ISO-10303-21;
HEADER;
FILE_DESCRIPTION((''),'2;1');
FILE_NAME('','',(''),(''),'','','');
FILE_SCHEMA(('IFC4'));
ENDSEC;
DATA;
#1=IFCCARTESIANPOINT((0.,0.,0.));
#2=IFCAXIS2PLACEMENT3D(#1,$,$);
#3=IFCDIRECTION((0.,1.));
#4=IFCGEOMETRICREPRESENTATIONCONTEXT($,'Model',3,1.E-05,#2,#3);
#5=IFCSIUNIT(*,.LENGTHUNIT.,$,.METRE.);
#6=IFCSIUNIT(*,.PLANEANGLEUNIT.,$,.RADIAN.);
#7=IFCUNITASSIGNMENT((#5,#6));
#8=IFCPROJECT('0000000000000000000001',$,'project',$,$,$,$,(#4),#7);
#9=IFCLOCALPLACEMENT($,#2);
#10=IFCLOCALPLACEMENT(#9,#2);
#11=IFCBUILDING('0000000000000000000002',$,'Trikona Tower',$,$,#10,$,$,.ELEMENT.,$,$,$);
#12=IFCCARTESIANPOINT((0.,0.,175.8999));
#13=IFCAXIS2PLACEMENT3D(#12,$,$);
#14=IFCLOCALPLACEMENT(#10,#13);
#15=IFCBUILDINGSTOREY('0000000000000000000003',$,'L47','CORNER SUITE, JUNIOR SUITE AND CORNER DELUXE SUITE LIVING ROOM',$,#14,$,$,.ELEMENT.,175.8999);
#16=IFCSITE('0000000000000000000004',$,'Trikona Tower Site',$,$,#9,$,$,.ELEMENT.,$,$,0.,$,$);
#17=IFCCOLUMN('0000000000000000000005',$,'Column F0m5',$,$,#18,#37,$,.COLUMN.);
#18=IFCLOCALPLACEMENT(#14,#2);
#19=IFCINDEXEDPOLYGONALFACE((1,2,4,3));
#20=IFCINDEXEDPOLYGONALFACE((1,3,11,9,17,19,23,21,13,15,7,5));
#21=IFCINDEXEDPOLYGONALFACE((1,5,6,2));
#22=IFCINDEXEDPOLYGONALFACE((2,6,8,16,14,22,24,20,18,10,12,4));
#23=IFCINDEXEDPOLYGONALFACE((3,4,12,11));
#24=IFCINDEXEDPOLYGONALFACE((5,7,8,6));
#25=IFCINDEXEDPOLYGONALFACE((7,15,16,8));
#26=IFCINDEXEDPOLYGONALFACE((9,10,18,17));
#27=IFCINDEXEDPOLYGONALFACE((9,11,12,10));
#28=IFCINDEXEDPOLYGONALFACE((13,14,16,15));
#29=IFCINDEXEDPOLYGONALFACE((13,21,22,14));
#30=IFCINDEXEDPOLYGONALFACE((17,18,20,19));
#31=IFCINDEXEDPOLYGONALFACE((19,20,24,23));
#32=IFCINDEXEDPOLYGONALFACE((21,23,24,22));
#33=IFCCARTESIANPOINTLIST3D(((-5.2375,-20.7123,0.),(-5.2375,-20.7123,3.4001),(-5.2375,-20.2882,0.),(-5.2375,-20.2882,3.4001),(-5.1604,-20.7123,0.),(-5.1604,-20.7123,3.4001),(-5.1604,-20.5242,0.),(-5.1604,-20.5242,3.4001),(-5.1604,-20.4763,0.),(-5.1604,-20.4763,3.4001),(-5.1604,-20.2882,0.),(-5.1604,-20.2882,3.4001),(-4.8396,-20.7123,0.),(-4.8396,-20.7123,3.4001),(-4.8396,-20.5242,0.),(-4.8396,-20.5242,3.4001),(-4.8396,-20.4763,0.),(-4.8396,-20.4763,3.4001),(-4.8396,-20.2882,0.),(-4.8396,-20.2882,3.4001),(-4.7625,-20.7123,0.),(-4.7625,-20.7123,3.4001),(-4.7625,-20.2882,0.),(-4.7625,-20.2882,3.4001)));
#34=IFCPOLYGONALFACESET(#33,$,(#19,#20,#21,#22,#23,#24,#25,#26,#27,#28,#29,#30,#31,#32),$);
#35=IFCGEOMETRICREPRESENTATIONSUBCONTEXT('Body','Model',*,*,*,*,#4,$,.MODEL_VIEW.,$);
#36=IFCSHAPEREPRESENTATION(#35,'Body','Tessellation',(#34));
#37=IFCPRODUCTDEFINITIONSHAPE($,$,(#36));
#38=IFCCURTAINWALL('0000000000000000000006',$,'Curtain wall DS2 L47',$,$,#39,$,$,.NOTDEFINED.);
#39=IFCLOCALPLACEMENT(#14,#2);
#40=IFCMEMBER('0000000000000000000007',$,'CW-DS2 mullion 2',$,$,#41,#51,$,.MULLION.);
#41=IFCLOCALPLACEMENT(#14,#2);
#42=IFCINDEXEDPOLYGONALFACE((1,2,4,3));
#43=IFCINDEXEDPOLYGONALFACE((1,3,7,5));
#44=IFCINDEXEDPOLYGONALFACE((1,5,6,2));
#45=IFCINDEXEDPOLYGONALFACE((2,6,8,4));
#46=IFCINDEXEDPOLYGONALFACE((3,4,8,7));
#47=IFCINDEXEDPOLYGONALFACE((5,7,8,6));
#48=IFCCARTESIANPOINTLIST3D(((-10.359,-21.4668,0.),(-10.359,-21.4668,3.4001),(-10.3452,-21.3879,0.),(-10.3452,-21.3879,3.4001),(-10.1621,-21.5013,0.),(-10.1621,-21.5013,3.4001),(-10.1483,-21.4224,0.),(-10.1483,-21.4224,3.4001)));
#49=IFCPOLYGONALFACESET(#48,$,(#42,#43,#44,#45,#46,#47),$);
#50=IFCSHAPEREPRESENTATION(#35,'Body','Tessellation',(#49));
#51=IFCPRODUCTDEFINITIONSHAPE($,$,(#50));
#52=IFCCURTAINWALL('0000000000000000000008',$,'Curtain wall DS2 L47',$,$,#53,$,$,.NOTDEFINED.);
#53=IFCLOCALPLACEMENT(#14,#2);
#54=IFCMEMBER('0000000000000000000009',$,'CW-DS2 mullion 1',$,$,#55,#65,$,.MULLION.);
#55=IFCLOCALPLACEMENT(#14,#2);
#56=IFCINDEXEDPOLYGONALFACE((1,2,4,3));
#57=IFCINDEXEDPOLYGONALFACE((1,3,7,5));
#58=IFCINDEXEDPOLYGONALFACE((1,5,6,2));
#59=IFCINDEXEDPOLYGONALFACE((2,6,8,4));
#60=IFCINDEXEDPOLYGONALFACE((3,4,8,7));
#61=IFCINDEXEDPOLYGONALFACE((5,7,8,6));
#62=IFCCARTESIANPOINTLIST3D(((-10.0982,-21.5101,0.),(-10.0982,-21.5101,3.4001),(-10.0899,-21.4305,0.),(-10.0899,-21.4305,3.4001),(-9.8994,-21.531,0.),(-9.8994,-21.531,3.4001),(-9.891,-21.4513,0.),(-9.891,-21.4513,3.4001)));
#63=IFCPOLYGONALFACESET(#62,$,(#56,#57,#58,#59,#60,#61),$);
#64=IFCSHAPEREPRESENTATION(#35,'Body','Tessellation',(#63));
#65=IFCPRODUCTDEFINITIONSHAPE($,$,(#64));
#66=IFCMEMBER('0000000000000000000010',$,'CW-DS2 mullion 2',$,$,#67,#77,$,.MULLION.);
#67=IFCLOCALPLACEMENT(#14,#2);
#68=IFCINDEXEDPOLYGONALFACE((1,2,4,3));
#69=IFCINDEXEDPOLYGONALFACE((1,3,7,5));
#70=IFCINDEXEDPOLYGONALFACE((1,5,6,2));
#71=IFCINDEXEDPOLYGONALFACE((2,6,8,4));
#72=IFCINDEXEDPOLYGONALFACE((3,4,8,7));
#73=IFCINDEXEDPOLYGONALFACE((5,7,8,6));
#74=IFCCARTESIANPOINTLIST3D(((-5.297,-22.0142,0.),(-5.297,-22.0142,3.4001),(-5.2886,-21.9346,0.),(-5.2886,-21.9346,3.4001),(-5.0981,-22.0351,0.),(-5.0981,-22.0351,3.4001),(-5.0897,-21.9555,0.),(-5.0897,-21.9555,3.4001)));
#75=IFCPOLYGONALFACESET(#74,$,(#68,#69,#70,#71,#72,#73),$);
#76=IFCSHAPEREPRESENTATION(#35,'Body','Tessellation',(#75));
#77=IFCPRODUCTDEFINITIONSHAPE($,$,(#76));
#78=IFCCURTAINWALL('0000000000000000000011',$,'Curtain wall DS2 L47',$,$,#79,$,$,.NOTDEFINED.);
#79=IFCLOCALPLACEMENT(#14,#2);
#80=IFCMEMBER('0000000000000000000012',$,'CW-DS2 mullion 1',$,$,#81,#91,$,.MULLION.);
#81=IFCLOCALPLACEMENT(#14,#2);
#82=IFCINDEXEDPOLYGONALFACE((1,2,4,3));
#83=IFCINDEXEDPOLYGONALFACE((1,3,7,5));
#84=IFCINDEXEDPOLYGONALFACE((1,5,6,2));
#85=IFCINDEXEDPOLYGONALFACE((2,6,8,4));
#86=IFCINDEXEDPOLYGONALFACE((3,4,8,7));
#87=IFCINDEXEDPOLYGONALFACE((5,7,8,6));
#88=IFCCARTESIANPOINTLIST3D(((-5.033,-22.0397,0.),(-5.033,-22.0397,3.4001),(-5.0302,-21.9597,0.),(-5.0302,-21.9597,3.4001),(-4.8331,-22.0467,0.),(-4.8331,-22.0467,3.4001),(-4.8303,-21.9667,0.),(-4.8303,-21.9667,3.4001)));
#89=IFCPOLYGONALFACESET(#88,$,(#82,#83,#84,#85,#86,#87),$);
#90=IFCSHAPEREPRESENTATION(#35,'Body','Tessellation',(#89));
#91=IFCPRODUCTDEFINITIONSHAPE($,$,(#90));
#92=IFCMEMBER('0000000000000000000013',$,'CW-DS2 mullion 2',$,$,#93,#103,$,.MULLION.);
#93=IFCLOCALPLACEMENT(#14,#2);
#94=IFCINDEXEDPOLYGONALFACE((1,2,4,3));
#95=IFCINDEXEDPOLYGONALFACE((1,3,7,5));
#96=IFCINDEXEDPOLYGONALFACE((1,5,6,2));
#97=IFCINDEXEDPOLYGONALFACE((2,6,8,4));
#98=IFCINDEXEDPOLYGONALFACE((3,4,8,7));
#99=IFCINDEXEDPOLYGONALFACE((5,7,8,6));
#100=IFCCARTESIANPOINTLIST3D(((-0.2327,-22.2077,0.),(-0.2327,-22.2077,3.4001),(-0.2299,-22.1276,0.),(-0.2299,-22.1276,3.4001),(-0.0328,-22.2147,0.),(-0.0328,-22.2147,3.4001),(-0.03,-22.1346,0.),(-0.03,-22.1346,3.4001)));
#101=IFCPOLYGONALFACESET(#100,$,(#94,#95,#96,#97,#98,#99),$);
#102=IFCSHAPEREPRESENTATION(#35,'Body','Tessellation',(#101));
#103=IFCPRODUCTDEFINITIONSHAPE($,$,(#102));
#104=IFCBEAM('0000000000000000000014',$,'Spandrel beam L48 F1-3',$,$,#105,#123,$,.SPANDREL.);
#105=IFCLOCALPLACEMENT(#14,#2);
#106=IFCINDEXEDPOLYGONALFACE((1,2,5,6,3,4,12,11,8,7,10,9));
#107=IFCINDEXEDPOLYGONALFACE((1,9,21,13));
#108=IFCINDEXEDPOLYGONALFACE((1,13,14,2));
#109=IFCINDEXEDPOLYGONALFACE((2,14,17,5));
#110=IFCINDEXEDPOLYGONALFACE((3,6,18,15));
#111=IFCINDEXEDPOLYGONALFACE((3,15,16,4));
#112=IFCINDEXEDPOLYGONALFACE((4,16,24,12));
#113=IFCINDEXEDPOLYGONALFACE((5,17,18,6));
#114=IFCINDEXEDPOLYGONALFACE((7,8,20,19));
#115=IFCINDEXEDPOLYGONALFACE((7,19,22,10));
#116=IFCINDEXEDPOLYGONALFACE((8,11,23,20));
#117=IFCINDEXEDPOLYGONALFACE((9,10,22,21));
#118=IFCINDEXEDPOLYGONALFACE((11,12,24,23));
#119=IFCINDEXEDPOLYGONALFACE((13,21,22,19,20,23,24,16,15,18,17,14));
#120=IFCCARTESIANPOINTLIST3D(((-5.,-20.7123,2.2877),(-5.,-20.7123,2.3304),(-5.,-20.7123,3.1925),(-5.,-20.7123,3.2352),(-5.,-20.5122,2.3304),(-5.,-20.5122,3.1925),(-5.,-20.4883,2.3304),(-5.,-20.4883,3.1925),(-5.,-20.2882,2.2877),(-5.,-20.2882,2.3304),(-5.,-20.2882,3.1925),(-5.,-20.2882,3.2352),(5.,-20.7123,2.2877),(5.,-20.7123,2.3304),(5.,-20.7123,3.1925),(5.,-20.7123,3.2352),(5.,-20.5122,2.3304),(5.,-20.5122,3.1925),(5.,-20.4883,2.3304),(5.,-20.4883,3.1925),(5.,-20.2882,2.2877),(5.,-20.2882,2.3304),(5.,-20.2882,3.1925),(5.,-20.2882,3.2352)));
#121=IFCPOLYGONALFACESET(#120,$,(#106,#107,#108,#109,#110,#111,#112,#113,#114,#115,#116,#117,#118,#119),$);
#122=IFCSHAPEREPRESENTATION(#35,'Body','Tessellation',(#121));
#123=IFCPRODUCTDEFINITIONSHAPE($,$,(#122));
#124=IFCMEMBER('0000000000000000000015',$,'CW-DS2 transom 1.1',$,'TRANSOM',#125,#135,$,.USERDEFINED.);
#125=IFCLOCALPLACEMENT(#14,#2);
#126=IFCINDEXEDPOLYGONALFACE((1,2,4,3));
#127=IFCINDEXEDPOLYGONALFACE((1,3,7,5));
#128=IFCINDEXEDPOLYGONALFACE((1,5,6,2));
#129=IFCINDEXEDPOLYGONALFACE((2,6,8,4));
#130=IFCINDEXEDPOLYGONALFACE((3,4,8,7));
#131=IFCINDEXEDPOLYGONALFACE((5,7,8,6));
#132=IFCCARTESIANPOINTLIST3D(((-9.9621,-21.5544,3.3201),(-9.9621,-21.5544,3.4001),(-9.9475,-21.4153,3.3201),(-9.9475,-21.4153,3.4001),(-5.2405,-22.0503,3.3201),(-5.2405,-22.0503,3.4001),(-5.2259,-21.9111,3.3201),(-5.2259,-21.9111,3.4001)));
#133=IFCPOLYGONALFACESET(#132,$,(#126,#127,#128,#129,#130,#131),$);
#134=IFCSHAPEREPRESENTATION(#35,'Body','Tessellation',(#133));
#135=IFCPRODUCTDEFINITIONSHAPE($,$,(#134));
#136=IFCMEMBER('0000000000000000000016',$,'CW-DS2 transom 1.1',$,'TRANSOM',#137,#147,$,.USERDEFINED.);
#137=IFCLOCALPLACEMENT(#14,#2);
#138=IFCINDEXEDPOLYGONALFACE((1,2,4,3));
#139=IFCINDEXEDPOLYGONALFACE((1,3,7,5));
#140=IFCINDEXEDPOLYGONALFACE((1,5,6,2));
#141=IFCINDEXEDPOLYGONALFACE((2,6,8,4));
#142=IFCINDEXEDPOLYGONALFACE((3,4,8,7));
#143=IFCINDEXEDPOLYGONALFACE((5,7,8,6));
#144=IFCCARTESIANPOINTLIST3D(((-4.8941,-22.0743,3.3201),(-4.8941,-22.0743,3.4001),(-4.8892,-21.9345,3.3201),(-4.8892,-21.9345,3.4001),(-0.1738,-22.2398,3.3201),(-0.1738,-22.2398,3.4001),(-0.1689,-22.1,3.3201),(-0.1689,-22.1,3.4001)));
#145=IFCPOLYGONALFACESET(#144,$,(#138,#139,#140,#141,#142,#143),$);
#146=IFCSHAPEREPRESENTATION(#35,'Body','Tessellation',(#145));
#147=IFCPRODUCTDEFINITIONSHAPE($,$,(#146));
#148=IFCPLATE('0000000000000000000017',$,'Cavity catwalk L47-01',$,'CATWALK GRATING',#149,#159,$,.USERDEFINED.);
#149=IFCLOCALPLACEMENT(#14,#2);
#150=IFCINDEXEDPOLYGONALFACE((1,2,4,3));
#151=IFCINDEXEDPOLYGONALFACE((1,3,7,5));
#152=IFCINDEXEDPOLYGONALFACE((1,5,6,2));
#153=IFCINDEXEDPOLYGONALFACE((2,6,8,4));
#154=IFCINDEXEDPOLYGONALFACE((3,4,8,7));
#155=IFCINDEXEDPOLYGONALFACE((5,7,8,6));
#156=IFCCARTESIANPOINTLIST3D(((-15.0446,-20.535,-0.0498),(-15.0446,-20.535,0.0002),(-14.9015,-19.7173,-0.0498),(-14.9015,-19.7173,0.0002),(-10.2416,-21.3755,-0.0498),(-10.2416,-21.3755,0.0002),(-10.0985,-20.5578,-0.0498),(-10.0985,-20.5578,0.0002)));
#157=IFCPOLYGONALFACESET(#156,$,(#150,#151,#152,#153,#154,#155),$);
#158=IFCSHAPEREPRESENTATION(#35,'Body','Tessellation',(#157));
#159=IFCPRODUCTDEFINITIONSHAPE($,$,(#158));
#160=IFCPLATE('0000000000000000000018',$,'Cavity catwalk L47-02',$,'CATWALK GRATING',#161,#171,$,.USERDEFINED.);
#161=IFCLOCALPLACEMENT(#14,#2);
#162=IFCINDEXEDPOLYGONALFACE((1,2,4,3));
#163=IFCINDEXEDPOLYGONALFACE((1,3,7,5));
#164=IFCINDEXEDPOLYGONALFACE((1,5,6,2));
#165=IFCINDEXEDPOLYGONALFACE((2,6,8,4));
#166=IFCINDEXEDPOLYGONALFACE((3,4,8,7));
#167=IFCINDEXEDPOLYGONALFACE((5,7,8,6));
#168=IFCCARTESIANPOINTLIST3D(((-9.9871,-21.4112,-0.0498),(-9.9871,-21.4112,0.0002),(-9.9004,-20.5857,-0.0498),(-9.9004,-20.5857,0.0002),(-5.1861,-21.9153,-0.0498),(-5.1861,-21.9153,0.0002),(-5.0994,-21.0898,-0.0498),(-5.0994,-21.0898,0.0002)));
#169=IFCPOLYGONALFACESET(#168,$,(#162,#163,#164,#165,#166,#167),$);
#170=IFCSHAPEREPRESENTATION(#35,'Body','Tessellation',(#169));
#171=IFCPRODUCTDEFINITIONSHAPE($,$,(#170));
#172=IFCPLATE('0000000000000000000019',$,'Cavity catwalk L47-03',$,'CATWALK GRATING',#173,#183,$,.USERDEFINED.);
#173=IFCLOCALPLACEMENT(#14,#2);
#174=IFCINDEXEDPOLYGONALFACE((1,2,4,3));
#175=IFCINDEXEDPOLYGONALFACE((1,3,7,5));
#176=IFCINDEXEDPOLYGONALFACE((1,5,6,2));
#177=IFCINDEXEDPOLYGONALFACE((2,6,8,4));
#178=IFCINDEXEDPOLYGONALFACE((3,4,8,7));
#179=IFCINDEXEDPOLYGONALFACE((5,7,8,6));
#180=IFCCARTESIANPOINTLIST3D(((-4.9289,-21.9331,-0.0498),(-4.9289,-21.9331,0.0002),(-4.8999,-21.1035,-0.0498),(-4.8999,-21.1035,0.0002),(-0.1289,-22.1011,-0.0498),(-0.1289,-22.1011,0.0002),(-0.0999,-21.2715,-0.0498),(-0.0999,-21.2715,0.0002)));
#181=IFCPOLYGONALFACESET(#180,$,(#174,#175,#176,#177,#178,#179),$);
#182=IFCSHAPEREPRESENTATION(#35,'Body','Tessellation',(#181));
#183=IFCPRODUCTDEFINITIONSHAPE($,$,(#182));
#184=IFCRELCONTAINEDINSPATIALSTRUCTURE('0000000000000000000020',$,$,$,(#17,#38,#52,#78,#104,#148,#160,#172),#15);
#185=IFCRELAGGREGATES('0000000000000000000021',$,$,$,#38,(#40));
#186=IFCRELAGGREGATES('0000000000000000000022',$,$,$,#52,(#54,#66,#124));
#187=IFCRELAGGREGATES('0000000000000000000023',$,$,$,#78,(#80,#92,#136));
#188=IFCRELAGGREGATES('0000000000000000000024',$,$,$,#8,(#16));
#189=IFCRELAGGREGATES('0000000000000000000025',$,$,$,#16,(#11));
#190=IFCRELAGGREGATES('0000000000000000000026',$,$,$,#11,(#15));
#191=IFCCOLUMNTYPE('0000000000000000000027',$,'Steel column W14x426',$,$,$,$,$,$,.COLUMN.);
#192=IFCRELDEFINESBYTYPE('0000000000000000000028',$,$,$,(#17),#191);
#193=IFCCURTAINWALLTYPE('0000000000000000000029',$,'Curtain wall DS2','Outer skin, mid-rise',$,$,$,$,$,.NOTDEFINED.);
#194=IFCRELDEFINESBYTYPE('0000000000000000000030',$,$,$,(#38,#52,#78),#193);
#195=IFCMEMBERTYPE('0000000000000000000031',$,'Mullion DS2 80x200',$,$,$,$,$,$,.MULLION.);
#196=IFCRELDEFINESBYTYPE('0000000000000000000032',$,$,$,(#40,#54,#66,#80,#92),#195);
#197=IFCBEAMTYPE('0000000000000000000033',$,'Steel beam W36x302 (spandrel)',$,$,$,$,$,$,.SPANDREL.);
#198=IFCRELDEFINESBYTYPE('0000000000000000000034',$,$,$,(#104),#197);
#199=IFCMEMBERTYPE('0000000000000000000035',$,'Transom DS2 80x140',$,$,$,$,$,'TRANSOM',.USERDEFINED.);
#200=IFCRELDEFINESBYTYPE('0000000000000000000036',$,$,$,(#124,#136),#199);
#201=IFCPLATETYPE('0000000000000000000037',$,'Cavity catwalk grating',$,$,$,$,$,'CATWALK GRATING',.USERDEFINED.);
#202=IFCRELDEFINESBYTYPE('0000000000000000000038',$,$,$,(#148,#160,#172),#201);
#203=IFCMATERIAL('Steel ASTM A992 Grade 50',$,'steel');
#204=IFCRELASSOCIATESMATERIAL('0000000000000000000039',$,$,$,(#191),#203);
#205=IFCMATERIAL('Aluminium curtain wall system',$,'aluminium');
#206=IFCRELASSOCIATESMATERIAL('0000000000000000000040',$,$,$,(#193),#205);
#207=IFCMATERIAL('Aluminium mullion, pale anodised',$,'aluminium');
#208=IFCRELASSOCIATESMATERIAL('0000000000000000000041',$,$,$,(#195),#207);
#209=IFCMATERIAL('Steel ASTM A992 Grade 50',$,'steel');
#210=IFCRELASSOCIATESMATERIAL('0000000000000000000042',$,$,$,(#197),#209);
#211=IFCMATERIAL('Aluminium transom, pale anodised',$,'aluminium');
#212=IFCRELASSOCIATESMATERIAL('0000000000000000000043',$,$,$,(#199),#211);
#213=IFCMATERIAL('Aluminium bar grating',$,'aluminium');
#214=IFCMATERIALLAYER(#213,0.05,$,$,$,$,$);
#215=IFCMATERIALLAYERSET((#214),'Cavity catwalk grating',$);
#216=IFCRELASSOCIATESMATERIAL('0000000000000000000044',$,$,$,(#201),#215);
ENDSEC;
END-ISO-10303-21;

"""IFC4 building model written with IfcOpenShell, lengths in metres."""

from ifc_helpers import new_model, si_unit, direction, frame, origin, origin_2d, place, context, subcontext, project, spatial, rectangle, i_section, extrude, material, layer, layer_set, material_profile, profile_set, type_object, element, aggregate, save


model = new_model("IFC4")

# Units and contexts
model_context = context("Model", 3, precision=1e-05, world=origin(), true_north=direction((0.0, 1.0)))
body_context = subcontext(model_context, "Body", "Model", "MODEL_VIEW")
ifc_project = project(units=[si_unit("LENGTHUNIT", "METRE"), si_unit("PLANEANGLEUNIT", "RADIAN")], contexts=[model_context])

# Site, building, storey
site_placement = place(None, origin())
site = spatial("IfcSite", under=ifc_project, at=site_placement, Name="Trikona Tower Site", CompositionType="ELEMENT", RefElevation=0.0)
building_placement = place(site_placement, origin())
building = spatial("IfcBuilding", under=site, at=building_placement, Name="Trikona Tower", CompositionType="ELEMENT")
storey_placement = place(building_placement, frame((0.0, 0.0, 175.8999)))
storey = spatial("IfcBuildingStorey", under=building, at=storey_placement, Name="L47", Description="CORNER SUITE, JUNIOR SUITE AND CORNER DELUXE SUITE LIVING ROOM", CompositionType="ELEMENT", Elevation=175.8999)

# Column
ifc_material_1 = material(Name="Steel ASTM A992 Grade 50", Category="steel")
ifc_material_profile_1 = material_profile(ifc_material_1, i_section(OverallWidth=0.4241, OverallDepth=0.4751, WebThickness=0.0479, FlangeThickness=0.0771, at=origin_2d()), Name="W14X426")
ifc_profile_set_1 = profile_set([ifc_material_profile_1], Name="Steel ASTM A992 Grade 50")
column_type = type_object("IfcColumnType", Name="Steel column W14x426", PredefinedType="COLUMN", material=ifc_profile_set_1)
column_placement = place(storey_placement, frame((-5.0, -20.5002, 0.0), z_axis=(0.0, 0.0, 1.0), x_axis=(0.0, -1.0, 0.0)))
element("IfcColumn", 1, at=column_placement, inside=storey, type_object=column_type, Name="Column F0m5", PredefinedType="COLUMN", context=body_context, shape_type="SweptSolid", body=[
    extrude(i_section(OverallWidth=0.4241, OverallDepth=0.4751, WebThickness=0.0479, FlangeThickness=0.0771, at=origin_2d()), origin(), (0.0, 0.0, 1.0), 3.4001),
])

# Curtain wall, member
ifc_material_2 = material(Name="Aluminium curtain wall system", Category="aluminium")
curtain_wall_type = type_object("IfcCurtainWallType", Name="Curtain wall DS2", Description="Outer skin, mid-rise", PredefinedType="NOTDEFINED", material=ifc_material_2)
curtain_wall_1_placement = place(storey_placement, origin())
curtain_wall_1 = element("IfcCurtainWall", 2, at=curtain_wall_1_placement, inside=storey, type_object=curtain_wall_type, Name="Curtain wall DS2 L47", PredefinedType="NOTDEFINED")
ifc_material_3 = material(Name="Aluminium mullion, pale anodised", Category="aluminium")
ifc_material_profile_2 = material_profile(ifc_material_3, rectangle(XDim=0.0801, YDim=0.2, at=origin_2d()), Name="MUL-DS2")
ifc_profile_set_2 = profile_set([ifc_material_profile_2], Name="Aluminium mullion, pale anodised")
member_type_1 = type_object("IfcMemberType", Name="Mullion DS2 80x200", PredefinedType="MULLION", material=ifc_profile_set_2)
member_1_placement = place(storey_placement, frame((-10.2537, -21.4446, 0.0), z_axis=(0.0, 0.0, 1.0), x_axis=(0.172377, 0.985031, 0.0)))
member_1 = element("IfcMember", 3, at=member_1_placement, type_object=member_type_1, Name="CW-DS2 mullion 2", PredefinedType="MULLION", context=body_context, shape_type="SweptSolid", body=[
    extrude(rectangle(XDim=0.0801, YDim=0.2, at=origin_2d()), origin(), (0.0, 0.0, 1.0), 3.4001),
])

# Curtain walls, members
curtain_wall_2_placement = place(storey_placement, origin())
curtain_wall_2 = element("IfcCurtainWall", 4, at=curtain_wall_2_placement, inside=storey, type_object=curtain_wall_type, Name="Curtain wall DS2 L47", PredefinedType="NOTDEFINED")
member_2_placement = place(storey_placement, frame((-9.9946, -21.4807, 0.0), z_axis=(0.0, 0.0, 1.0), x_axis=(0.104433, 0.994532, 0.0)))
member_2 = element("IfcMember", 5, at=member_2_placement, type_object=member_type_1, Name="CW-DS2 mullion 1", PredefinedType="MULLION", context=body_context, shape_type="SweptSolid", body=[
    extrude(rectangle(XDim=0.0801, YDim=0.2, at=origin_2d()), origin(), (0.0, 0.0, 1.0), 3.4001),
])
member_3_placement = place(storey_placement, frame((-5.1934, -21.9849, 0.0), z_axis=(0.0, 0.0, 1.0), x_axis=(0.104433, 0.994532, 0.0)))
member_3 = element("IfcMember", 6, at=member_3_placement, type_object=member_type_1, Name="CW-DS2 mullion 2", PredefinedType="MULLION", context=body_context, shape_type="SweptSolid", body=[
    extrude(rectangle(XDim=0.0801, YDim=0.2, at=origin_2d()), origin(), (0.0, 0.0, 1.0), 3.4001),
])
curtain_wall_3_placement = place(storey_placement, origin())
curtain_wall_3 = element("IfcCurtainWall", 7, at=curtain_wall_3_placement, inside=storey, type_object=curtain_wall_type, Name="Curtain wall DS2 L47", PredefinedType="NOTDEFINED")
member_4_placement = place(storey_placement, frame((-4.9316, -22.0032, 0.0), z_axis=(0.0, 0.0, 1.0), x_axis=(0.034998, 0.999387, 0.0)))
member_4 = element("IfcMember", 8, at=member_4_placement, type_object=member_type_1, Name="CW-DS2 mullion 1", PredefinedType="MULLION", context=body_context, shape_type="SweptSolid", body=[
    extrude(rectangle(XDim=0.0801, YDim=0.2, at=origin_2d()), origin(), (0.0, 0.0, 1.0), 3.4001),
])
member_5_placement = place(storey_placement, frame((-0.1313, -22.1711, 0.0), z_axis=(0.0, 0.0, 1.0), x_axis=(0.034998, 0.999387, 0.0)))
member_5 = element("IfcMember", 9, at=member_5_placement, type_object=member_type_1, Name="CW-DS2 mullion 2", PredefinedType="MULLION", context=body_context, shape_type="SweptSolid", body=[
    extrude(rectangle(XDim=0.0801, YDim=0.2, at=origin_2d()), origin(), (0.0, 0.0, 1.0), 3.4001),
])

# Beam
ifc_material_4 = material(Name="Steel ASTM A992 Grade 50", Category="steel")
ifc_material_profile_3 = material_profile(ifc_material_4, i_section(OverallWidth=0.4241, OverallDepth=0.9475, WebThickness=0.0239, FlangeThickness=0.0427, at=origin_2d()), Name="W36X302")
ifc_profile_set_3 = profile_set([ifc_material_profile_3], Name="Steel ASTM A992 Grade 50")
beam_type = type_object("IfcBeamType", Name="Steel beam W36x302 (spandrel)", PredefinedType="SPANDREL", material=ifc_profile_set_3)
beam_placement = place(storey_placement, frame((-5.0, -20.5002, 2.7615), z_axis=(1.0, 0.0, 0.0), x_axis=(0.0, 1.0, 0.0)))
element("IfcBeam", 10, at=beam_placement, inside=storey, type_object=beam_type, Name="Spandrel beam L48 F1-3", PredefinedType="SPANDREL", context=body_context, shape_type="SweptSolid", body=[
    extrude(i_section(OverallWidth=0.4241, OverallDepth=0.9475, WebThickness=0.0239, FlangeThickness=0.0427, at=origin_2d()), origin(), (0.0, 0.0, 1.0), 10.0),
])

# Members
ifc_material_5 = material(Name="Aluminium transom, pale anodised", Category="aluminium")
ifc_material_profile_4 = material_profile(ifc_material_5, rectangle(XDim=0.1399, YDim=0.0801, at=origin_2d()), Name="TRN-DS2")
ifc_profile_set_4 = profile_set([ifc_material_profile_4], Name="Aluminium transom, pale anodised")
member_type_2 = type_object("IfcMemberType", Name="Transom DS2 80x140", ElementType="TRANSOM", PredefinedType="USERDEFINED", material=ifc_profile_set_4)
member_6_placement = place(storey_placement, frame((-9.9548, -21.4849, 3.3601), z_axis=(0.994531, -0.104441, 0.0), x_axis=(0.104441, 0.994531, 0.0)))
member_6 = element("IfcMember", 11, at=member_6_placement, type_object=member_type_2, Name="CW-DS2 transom 1.1", ObjectType="TRANSOM", PredefinedType="USERDEFINED", context=body_context, shape_type="SweptSolid", body=[
    extrude(rectangle(XDim=0.1399, YDim=0.0801, at=origin_2d()), origin(), (0.0, 0.0, 1.0), 4.7476),
])
member_7_placement = place(storey_placement, frame((-4.8916, -22.0044, 3.3601), z_axis=(0.999386, -0.035046, 0.0), x_axis=(0.035046, 0.999386, 0.0)))
member_7 = element("IfcMember", 12, at=member_7_placement, type_object=member_type_2, Name="CW-DS2 transom 1.1", ObjectType="TRANSOM", PredefinedType="USERDEFINED", context=body_context, shape_type="SweptSolid", body=[
    extrude(rectangle(XDim=0.1399, YDim=0.0801, at=origin_2d()), origin(), (0.0, 0.0, 1.0), 4.7231),
])

# Plates
ifc_material_6 = material(Name="Aluminium bar grating", Category="aluminium")
ifc_layer_1 = layer(ifc_material_6, 0.05)
ifc_layer_set_1 = layer_set([ifc_layer_1], Name="Cavity catwalk grating")
plate_type_1 = type_object("IfcPlateType", Name="Cavity catwalk grating", ElementType="CATWALK GRATING", PredefinedType="USERDEFINED", material=ifc_layer_set_1)
plate_1_placement = place(storey_placement, frame((-12.5715, -20.5464, -0.0498), z_axis=(0.0, 0.0, 1.0), x_axis=(0.985031, -0.17238, 0.0)))
element("IfcPlate", 13, at=plate_1_placement, inside=storey, type_object=plate_type_1, Name="Cavity catwalk L47-01", ObjectType="CATWALK GRATING", PredefinedType="USERDEFINED", context=body_context, shape_type="SweptSolid", body=[
    extrude(rectangle(XDim=4.876, YDim=0.8301, at=origin_2d()), origin(), (0.0, 0.0, 1.0), 0.05),
])
plate_2_placement = place(storey_placement, frame((-7.5432, -21.2505, -0.0498), z_axis=(0.0, 0.0, 1.0), x_axis=(0.994533, -0.104426, 0.0)))
element("IfcPlate", 14, at=plate_2_placement, inside=storey, type_object=plate_type_1, Name="Cavity catwalk L47-02", ObjectType="CATWALK GRATING", PredefinedType="USERDEFINED", context=body_context, shape_type="SweptSolid", body=[
    extrude(rectangle(XDim=4.8274, YDim=0.8301, at=origin_2d()), origin(), (0.0, 0.0, 1.0), 0.05),
])
plate_3_placement = place(storey_placement, frame((-2.5144, -21.6023, -0.0498), z_axis=(0.0, 0.0, 1.0), x_axis=(0.999388, -0.034978, 0.0)))
element("IfcPlate", 15, at=plate_3_placement, inside=storey, type_object=plate_type_1, Name="Cavity catwalk L47-03", ObjectType="CATWALK GRATING", PredefinedType="USERDEFINED", context=body_context, shape_type="SweptSolid", body=[
    extrude(rectangle(XDim=4.803, YDim=0.8301, at=origin_2d()), origin(), (0.0, 0.0, 1.0), 0.05),
])

aggregate(curtain_wall_1, [member_1])
aggregate(curtain_wall_2, [member_2, member_3, member_6])
aggregate(curtain_wall_3, [member_4, member_5, member_7])

save(model, "model.ifc")
